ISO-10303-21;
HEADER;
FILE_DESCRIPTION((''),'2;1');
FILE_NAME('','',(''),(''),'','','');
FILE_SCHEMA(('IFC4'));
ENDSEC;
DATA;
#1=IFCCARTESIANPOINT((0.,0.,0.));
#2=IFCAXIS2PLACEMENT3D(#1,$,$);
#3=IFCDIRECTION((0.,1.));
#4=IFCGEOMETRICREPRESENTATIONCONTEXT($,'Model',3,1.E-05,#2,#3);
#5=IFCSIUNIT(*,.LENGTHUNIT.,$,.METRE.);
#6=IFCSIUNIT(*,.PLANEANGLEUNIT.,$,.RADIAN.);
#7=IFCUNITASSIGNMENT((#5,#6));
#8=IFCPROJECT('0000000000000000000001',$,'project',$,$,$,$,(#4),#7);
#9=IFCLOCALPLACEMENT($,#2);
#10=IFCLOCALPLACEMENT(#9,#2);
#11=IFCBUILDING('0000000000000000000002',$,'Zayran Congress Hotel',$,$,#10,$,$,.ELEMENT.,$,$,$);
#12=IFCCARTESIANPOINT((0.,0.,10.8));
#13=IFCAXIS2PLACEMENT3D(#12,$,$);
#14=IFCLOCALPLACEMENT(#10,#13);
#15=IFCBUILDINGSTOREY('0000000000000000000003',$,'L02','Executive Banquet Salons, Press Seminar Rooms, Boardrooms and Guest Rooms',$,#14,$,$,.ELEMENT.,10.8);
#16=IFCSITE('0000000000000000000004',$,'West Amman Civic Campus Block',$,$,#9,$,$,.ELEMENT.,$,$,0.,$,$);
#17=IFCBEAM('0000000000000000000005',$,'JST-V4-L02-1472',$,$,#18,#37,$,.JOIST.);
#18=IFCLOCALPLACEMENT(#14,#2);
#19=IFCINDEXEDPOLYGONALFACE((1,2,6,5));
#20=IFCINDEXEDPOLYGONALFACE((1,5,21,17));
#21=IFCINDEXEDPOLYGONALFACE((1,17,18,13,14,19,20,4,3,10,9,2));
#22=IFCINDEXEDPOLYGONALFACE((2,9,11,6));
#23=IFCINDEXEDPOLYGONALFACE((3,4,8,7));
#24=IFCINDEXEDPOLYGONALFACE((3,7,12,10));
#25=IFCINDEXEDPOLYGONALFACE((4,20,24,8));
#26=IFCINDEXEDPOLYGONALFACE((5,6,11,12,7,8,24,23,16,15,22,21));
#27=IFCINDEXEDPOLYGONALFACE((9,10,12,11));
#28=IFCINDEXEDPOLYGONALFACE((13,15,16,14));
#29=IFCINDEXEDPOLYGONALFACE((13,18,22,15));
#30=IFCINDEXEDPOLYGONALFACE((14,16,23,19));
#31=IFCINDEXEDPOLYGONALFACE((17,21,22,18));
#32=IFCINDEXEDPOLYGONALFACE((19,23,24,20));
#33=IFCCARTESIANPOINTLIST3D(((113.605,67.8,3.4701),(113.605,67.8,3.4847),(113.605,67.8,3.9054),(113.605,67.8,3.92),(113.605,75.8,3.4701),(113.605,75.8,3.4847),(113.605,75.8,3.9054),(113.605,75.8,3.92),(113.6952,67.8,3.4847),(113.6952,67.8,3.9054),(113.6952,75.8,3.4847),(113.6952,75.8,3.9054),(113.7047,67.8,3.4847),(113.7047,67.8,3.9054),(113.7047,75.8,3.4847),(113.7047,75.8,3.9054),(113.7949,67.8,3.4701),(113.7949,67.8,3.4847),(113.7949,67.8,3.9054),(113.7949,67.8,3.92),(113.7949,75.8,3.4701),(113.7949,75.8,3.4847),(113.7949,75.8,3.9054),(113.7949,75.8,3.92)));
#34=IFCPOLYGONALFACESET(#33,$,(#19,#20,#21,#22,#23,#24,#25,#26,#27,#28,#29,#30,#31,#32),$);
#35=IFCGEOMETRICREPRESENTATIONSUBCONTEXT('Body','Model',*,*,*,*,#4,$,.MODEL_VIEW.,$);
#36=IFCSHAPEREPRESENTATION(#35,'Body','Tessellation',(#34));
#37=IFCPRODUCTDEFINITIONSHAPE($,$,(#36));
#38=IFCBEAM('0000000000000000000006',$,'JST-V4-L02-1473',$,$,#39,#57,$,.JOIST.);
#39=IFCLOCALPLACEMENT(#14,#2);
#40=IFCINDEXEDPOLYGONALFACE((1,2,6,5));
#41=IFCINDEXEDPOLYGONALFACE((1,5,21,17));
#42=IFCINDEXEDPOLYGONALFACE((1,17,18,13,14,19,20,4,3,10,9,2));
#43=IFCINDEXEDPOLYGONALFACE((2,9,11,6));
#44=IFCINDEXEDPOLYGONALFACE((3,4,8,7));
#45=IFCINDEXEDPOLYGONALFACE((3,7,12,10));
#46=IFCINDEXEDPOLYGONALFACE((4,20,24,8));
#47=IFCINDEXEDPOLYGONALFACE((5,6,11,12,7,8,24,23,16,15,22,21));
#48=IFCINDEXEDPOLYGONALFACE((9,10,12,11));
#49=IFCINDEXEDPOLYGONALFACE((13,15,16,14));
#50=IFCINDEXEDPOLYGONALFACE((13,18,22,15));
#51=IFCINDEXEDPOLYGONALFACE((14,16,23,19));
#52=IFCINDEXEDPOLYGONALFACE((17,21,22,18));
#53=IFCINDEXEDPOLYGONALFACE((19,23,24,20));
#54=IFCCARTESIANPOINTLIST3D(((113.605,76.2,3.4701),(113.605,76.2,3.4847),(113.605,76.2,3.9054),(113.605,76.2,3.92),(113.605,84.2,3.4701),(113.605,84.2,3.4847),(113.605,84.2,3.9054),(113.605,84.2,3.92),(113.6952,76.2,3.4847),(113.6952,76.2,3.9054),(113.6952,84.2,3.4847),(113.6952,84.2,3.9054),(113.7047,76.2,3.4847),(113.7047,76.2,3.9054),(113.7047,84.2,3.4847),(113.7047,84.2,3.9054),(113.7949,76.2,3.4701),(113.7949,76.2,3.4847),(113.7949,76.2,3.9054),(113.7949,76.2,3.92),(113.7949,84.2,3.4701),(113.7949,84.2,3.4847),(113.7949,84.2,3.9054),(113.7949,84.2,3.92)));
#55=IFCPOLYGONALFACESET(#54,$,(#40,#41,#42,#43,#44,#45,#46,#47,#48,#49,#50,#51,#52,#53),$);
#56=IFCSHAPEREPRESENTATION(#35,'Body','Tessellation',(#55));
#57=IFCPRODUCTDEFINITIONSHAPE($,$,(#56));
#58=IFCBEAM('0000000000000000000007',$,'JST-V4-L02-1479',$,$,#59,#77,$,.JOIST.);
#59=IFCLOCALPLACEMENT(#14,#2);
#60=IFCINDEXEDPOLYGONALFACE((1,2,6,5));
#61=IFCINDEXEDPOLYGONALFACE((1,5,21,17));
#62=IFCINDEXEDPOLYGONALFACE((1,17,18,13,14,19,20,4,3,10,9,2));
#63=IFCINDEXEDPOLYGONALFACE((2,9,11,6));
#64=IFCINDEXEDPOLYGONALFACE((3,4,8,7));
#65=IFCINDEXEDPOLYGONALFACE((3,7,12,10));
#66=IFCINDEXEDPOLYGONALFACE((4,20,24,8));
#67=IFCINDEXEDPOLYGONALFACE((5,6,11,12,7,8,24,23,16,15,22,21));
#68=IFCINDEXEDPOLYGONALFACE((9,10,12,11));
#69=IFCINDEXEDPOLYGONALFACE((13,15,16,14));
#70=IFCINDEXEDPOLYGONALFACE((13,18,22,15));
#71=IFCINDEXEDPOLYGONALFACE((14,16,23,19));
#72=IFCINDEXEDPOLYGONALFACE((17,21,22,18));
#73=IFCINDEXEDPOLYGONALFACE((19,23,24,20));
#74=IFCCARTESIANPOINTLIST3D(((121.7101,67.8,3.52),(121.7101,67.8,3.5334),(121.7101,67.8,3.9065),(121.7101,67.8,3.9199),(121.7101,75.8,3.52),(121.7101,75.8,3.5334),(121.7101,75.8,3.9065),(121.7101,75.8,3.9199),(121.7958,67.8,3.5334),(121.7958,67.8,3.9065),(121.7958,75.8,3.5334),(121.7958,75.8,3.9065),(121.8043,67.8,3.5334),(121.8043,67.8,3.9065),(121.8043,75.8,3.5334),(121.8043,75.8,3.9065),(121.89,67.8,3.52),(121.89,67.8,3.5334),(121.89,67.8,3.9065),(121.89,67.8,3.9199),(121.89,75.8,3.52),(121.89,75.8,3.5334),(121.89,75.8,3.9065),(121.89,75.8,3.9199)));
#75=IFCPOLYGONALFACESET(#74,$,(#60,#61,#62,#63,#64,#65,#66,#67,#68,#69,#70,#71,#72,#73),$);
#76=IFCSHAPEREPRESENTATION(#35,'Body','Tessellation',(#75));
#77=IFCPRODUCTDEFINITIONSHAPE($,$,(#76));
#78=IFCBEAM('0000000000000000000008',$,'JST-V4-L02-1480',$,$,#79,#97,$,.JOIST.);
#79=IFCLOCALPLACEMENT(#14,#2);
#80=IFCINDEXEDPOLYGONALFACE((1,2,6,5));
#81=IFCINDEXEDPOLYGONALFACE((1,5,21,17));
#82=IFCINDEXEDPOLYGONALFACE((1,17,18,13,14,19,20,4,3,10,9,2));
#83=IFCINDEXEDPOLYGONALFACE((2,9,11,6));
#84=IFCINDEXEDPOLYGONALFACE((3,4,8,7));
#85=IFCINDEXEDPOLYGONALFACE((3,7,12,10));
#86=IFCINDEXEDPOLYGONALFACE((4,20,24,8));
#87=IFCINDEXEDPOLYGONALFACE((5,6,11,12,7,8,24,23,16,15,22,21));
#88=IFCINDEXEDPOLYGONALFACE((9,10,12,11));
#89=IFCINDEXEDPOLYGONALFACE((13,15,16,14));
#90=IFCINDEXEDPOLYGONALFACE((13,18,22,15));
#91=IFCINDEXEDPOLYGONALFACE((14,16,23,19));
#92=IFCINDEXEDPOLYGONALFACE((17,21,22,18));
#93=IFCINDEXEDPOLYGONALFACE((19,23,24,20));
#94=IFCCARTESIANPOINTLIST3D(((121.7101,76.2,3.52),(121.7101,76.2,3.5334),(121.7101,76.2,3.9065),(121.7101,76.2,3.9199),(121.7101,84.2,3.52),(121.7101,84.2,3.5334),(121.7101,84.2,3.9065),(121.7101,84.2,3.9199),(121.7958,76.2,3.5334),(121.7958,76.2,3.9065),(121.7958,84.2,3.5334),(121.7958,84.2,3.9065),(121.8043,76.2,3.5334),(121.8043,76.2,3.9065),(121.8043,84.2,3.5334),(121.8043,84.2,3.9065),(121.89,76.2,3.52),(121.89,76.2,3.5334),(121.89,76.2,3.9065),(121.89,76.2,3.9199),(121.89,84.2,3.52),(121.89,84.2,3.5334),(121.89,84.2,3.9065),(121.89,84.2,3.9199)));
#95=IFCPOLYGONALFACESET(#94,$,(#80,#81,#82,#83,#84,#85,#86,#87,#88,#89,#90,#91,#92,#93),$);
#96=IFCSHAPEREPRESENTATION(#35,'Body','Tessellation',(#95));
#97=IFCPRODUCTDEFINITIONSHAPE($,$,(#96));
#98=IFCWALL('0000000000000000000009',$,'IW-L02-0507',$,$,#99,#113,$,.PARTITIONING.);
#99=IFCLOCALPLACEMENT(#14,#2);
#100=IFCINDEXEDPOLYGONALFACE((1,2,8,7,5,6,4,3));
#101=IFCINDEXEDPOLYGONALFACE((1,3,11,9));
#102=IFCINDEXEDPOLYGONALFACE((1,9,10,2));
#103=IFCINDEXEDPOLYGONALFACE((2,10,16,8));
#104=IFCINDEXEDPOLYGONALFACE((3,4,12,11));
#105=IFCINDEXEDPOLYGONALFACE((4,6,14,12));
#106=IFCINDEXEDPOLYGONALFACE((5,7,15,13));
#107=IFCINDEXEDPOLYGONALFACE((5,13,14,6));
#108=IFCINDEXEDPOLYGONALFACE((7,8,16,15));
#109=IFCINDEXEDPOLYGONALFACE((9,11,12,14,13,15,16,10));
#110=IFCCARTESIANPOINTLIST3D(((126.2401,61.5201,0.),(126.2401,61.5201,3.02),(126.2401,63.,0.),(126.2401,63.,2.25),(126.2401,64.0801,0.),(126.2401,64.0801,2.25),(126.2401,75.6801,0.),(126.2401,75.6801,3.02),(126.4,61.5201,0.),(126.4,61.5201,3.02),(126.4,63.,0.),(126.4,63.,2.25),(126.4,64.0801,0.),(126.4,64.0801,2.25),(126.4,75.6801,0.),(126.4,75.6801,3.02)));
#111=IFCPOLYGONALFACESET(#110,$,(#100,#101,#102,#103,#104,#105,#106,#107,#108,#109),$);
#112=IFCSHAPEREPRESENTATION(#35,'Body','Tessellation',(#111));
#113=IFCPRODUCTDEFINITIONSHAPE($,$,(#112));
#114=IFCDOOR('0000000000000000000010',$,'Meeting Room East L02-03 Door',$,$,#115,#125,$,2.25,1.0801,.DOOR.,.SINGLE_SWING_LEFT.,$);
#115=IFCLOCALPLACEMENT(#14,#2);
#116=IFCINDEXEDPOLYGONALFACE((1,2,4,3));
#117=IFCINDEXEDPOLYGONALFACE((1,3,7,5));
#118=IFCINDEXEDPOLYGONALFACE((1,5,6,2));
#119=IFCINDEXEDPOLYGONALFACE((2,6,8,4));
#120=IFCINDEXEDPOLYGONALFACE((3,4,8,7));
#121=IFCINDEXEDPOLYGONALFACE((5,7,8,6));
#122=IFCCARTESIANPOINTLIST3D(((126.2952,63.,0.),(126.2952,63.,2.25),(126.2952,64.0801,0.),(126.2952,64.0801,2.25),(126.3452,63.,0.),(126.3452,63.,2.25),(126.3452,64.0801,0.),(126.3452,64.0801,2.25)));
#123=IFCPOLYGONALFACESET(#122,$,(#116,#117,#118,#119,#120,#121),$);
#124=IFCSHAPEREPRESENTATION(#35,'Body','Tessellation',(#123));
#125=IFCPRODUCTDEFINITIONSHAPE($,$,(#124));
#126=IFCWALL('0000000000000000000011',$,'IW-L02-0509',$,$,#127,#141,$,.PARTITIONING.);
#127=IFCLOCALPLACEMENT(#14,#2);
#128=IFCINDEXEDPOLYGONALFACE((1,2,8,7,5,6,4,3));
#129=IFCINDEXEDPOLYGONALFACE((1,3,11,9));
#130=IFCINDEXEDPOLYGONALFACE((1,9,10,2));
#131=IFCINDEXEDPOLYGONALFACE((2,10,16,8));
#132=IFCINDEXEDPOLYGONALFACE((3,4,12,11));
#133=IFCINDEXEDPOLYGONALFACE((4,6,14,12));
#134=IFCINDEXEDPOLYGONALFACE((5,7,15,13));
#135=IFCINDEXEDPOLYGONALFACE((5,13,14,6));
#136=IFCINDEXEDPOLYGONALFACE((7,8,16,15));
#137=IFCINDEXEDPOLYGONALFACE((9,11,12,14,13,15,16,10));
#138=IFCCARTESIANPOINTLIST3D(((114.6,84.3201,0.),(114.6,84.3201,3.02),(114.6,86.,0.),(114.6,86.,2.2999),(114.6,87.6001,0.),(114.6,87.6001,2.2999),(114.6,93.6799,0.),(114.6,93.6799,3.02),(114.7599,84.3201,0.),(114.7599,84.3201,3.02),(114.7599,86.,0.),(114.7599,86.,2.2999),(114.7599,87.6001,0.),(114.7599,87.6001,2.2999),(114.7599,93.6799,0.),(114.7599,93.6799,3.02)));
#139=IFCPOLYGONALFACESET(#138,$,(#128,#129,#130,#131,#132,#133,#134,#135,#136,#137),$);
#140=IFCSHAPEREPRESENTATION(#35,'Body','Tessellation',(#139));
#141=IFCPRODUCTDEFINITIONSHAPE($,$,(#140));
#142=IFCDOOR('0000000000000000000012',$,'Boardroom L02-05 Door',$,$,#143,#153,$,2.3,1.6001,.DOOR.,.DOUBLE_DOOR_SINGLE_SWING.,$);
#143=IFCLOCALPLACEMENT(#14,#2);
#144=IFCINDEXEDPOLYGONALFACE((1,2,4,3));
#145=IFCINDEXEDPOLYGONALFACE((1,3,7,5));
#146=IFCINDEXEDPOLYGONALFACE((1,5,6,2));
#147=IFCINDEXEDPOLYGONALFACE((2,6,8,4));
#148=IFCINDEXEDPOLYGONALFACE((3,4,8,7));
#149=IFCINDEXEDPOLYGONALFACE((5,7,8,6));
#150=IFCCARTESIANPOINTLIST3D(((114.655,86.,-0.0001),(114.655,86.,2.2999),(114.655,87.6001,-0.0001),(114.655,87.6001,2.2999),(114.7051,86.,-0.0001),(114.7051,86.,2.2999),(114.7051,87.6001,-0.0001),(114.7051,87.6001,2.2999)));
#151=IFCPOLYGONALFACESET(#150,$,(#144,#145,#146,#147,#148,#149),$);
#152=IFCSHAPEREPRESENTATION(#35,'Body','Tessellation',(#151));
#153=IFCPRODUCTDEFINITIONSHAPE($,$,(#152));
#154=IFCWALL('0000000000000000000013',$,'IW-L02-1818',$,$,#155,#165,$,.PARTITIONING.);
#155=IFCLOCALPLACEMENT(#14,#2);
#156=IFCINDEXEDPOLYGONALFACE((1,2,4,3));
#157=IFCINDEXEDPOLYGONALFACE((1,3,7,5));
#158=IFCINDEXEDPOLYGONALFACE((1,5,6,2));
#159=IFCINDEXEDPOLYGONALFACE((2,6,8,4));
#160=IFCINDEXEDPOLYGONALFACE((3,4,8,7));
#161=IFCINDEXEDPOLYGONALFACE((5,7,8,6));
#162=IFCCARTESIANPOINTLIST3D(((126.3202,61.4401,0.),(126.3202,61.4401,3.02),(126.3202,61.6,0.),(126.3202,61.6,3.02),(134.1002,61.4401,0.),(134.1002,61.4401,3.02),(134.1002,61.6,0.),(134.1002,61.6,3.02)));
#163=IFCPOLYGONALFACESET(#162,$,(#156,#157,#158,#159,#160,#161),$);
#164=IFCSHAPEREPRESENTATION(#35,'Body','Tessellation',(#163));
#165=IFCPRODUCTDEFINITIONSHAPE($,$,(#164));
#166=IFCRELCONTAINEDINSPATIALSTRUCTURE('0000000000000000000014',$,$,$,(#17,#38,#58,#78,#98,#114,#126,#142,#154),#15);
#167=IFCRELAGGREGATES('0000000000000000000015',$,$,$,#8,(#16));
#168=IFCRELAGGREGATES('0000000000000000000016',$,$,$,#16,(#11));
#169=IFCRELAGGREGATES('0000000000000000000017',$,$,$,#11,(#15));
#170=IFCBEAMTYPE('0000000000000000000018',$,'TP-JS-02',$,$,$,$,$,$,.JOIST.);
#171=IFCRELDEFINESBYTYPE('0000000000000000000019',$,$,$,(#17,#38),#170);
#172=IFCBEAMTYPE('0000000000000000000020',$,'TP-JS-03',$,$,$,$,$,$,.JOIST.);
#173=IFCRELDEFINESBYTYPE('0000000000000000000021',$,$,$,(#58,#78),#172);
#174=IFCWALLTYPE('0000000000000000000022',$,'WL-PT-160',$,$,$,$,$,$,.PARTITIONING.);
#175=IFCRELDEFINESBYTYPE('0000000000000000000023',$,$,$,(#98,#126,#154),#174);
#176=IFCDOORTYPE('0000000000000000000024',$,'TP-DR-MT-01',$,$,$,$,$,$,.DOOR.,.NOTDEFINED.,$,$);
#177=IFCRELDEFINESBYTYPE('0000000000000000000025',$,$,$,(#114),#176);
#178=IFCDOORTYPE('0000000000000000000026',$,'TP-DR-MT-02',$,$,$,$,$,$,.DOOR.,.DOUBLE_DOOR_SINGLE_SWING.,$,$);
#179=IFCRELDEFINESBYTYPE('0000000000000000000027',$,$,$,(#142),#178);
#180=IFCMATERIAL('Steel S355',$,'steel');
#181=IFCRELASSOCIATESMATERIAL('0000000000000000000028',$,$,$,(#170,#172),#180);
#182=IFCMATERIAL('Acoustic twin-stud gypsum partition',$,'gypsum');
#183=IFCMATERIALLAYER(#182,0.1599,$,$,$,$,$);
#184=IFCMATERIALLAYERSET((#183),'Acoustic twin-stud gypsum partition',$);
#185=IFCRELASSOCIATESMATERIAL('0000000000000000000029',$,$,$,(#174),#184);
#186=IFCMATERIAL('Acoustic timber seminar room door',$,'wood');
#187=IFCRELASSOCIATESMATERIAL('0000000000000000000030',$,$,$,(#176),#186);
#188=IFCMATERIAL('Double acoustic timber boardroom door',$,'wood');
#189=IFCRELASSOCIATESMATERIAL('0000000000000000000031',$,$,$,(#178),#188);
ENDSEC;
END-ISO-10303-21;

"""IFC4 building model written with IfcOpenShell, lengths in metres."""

from ifc_helpers import new_model, si_unit, direction, frame, frame_2d, origin, origin_2d, place, context, subcontext, project, spatial, rectangle, i_section, extrude, material, layer, layer_set, material_profile, profile_set, type_object, element, fill, save


model = new_model("IFC4")

# Units and contexts
model_context = context("Model", 3, precision=1e-05, world=origin(), true_north=direction((0.0, 1.0)))
body_context = subcontext(model_context, "Body", "Model", "MODEL_VIEW")
ifc_project = project(units=[si_unit("LENGTHUNIT", "METRE"), si_unit("PLANEANGLEUNIT", "RADIAN")], contexts=[model_context])

# Site, building, storey
site_placement = place(None, origin())
site = spatial("IfcSite", under=ifc_project, at=site_placement, Name="West Amman Civic Campus Block", CompositionType="ELEMENT", RefElevation=0.0)
building_placement = place(site_placement, origin())
building = spatial("IfcBuilding", under=site, at=building_placement, Name="Zayran Congress Hotel", CompositionType="ELEMENT")
storey_placement = place(building_placement, frame((0.0, 0.0, 10.8)))
storey = spatial("IfcBuildingStorey", under=building, at=storey_placement, Name="L02", Description="Executive Banquet Salons, Press Seminar Rooms, Boardrooms and Guest Rooms", CompositionType="ELEMENT", Elevation=10.8)

# Beams
ifc_material_1 = material(Name="Steel S355", Category="steel")
ifc_material_profile_1 = material_profile(ifc_material_1, i_section(OverallWidth=0.1899, OverallDepth=0.45, WebThickness=0.0095, FlangeThickness=0.0146, at=origin_2d()), Name="IPE 450")
ifc_profile_set_1 = profile_set([ifc_material_profile_1], Name="Steel S355")
beam_type_1 = type_object("IfcBeamType", Name="TP-JS-02", PredefinedType="JOIST", material=ifc_profile_set_1)
for number, where, z_axis, x_axis, name in (
    (1, (113.7, 67.8, 3.6951), (0.0, 1.0, 0.0), (-1.0, 0.0, 0.0), "JST-V4-L02-1472"),
    (2, (113.7, 76.2, 3.6951), (0.0, 1.0, 0.0), (-1.0, 0.0, 0.0), "JST-V4-L02-1473"),
):
    element("IfcBeam", number, at=place(storey_placement, frame(where, z_axis=z_axis, x_axis=x_axis)), inside=storey, type_object=beam_type_1, Name=name, PredefinedType="JOIST", context=body_context, shape_type="SweptSolid", body=[
        extrude(i_section(OverallWidth=0.1899, OverallDepth=0.45, WebThickness=0.0095, FlangeThickness=0.0146, at=origin_2d()), origin(), (0.0, 0.0, 1.0), 8.0),
    ])
ifc_material_profile_2 = material_profile(ifc_material_1, i_section(OverallWidth=0.1799, OverallDepth=0.3999, WebThickness=0.0085, FlangeThickness=0.0134, at=origin_2d()), Name="IPE 400")
ifc_profile_set_2 = profile_set([ifc_material_profile_2], Name="Steel S355")
beam_type_2 = type_object("IfcBeamType", Name="TP-JS-03", PredefinedType="JOIST", material=ifc_profile_set_2)
for number, where, z_axis, x_axis, name in (
    (3, (121.8, 67.8, 3.72), (0.0, 1.0, 0.0), (-1.0, 0.0, 0.0), "JST-V4-L02-1479"),
    (4, (121.8, 76.2, 3.72), (0.0, 1.0, 0.0), (-1.0, 0.0, 0.0), "JST-V4-L02-1480"),
):
    element("IfcBeam", number, at=place(storey_placement, frame(where, z_axis=z_axis, x_axis=x_axis)), inside=storey, type_object=beam_type_2, Name=name, PredefinedType="JOIST", context=body_context, shape_type="SweptSolid", body=[
        extrude(i_section(OverallWidth=0.1799, OverallDepth=0.3999, WebThickness=0.0085, FlangeThickness=0.0134, at=origin_2d()), origin(), (0.0, 0.0, 1.0), 8.0),
    ])

# Walls, openings, doors
ifc_material_2 = material(Name="Acoustic twin-stud gypsum partition", Category="gypsum")
ifc_layer = layer(ifc_material_2, 0.1599)
ifc_layer_set = layer_set([ifc_layer], Name="Acoustic twin-stud gypsum partition")
wall_type = type_object("IfcWallType", Name="WL-PT-160", PredefinedType="PARTITIONING", material=ifc_layer_set)
wall_1_placement = place(storey_placement, frame((126.3201, 61.52, 0.0), z_axis=(0.0, 0.0, 1.0), x_axis=(0.0, 1.0, 0.0)))
wall_1 = element("IfcWall", 5, at=wall_1_placement, inside=storey, type_object=wall_type, Name="IW-L02-0507", PredefinedType="PARTITIONING", context=body_context, shape_type="SweptSolid", body=[
    extrude(rectangle(XDim=14.1599, YDim=0.1599, at=frame_2d((7.0801, 0.0))), origin(), (0.0, 0.0, 1.0), 3.02),
])
opening_1_placement = place(wall_1_placement, frame((1.48, 0.0, 0.0)))
opening_1 = element("IfcOpeningElement", 6, at=opening_1_placement, cuts=wall_1, PredefinedType="OPENING", context=body_context, shape_type="SweptSolid", body=[
    extrude(rectangle(XDim=1.0801, YDim=2.25, at=frame_2d((0.54, 1.125))), frame((0.0, 0.0898, 0.0), z_axis=(0.0, -1.0, 0.0), x_axis=(1.0, 0.0, 0.0)), (0.0, 0.0, 1.0), 0.1799),
])
ifc_material_3 = material(Name="Acoustic timber seminar room door", Category="wood")
door_type_1 = type_object("IfcDoorType", Name="TP-DR-MT-01", OperationType="NOTDEFINED", PredefinedType="DOOR", material=ifc_material_3)
door_1_placement = place(opening_1_placement, origin())
door_1 = element("IfcDoor", 7, at=door_1_placement, inside=storey, type_object=door_type_1, Name="Meeting Room East L02-03 Door", OperationType="SINGLE_SWING_LEFT", OverallHeight=2.25, OverallWidth=1.0801, PredefinedType="DOOR", context=body_context, shape_type="SweptSolid", body=[
    extrude(rectangle(XDim=1.0801, YDim=2.25, at=frame_2d((0.54, 1.125))), frame((0.0, 0.0249, 0.0), z_axis=(0.0, -1.0, 0.0), x_axis=(1.0, 0.0, 0.0)), (0.0, 0.0, 1.0), 0.05),
])
fill(opening_1, door_1)
wall_2_placement = place(storey_placement, frame((114.6799, 84.3201, 0.0), z_axis=(0.0, 0.0, 1.0), x_axis=(0.0, 1.0, 0.0)))
wall_2 = element("IfcWall", 8, at=wall_2_placement, inside=storey, type_object=wall_type, Name="IW-L02-0509", PredefinedType="PARTITIONING", context=body_context, shape_type="SweptSolid", body=[
    extrude(rectangle(XDim=9.3599, YDim=0.1599, at=frame_2d((4.6799, 0.0))), origin(), (0.0, 0.0, 1.0), 3.02),
])
opening_2_placement = place(wall_2_placement, frame((1.6799, 0.0, 0.0)))
opening_2 = element("IfcOpeningElement", 9, at=opening_2_placement, cuts=wall_2, PredefinedType="OPENING", context=body_context, shape_type="SweptSolid", body=[
    extrude(rectangle(XDim=1.6001, YDim=2.3, at=frame_2d((0.8, 1.1499))), frame((0.0, 0.0898, 0.0), z_axis=(0.0, -1.0, 0.0), x_axis=(1.0, 0.0, 0.0)), (0.0, 0.0, 1.0), 0.1799),
])
ifc_material_4 = material(Name="Double acoustic timber boardroom door", Category="wood")
door_type_2 = type_object("IfcDoorType", Name="TP-DR-MT-02", OperationType="DOUBLE_DOOR_SINGLE_SWING", PredefinedType="DOOR", material=ifc_material_4)
door_2_placement = place(opening_2_placement, origin())
door_2 = element("IfcDoor", 10, at=door_2_placement, inside=storey, type_object=door_type_2, Name="Boardroom L02-05 Door", OperationType="DOUBLE_DOOR_SINGLE_SWING", OverallHeight=2.3, OverallWidth=1.6001, PredefinedType="DOOR", context=body_context, shape_type="SweptSolid", body=[
    extrude(rectangle(XDim=1.6001, YDim=2.3, at=frame_2d((0.8, 1.1499))), frame((0.0, 0.0249, 0.0), z_axis=(0.0, -1.0, 0.0), x_axis=(1.0, 0.0, 0.0)), (0.0, 0.0, 1.0), 0.05),
])
fill(opening_2, door_2)

# Wall
wall_3_placement = place(storey_placement, frame((126.3201, 61.52, 0.0), z_axis=(0.0, 0.0, 1.0), x_axis=(1.0, 0.0, 0.0)))
element("IfcWall", 11, at=wall_3_placement, inside=storey, type_object=wall_type, Name="IW-L02-1818", PredefinedType="PARTITIONING", context=body_context, shape_type="SweptSolid", body=[
    extrude(rectangle(XDim=7.78, YDim=0.1599, at=frame_2d((3.8901, 0.0))), origin(), (0.0, 0.0, 1.0), 3.02),
])

save(model, "model.ifc")
